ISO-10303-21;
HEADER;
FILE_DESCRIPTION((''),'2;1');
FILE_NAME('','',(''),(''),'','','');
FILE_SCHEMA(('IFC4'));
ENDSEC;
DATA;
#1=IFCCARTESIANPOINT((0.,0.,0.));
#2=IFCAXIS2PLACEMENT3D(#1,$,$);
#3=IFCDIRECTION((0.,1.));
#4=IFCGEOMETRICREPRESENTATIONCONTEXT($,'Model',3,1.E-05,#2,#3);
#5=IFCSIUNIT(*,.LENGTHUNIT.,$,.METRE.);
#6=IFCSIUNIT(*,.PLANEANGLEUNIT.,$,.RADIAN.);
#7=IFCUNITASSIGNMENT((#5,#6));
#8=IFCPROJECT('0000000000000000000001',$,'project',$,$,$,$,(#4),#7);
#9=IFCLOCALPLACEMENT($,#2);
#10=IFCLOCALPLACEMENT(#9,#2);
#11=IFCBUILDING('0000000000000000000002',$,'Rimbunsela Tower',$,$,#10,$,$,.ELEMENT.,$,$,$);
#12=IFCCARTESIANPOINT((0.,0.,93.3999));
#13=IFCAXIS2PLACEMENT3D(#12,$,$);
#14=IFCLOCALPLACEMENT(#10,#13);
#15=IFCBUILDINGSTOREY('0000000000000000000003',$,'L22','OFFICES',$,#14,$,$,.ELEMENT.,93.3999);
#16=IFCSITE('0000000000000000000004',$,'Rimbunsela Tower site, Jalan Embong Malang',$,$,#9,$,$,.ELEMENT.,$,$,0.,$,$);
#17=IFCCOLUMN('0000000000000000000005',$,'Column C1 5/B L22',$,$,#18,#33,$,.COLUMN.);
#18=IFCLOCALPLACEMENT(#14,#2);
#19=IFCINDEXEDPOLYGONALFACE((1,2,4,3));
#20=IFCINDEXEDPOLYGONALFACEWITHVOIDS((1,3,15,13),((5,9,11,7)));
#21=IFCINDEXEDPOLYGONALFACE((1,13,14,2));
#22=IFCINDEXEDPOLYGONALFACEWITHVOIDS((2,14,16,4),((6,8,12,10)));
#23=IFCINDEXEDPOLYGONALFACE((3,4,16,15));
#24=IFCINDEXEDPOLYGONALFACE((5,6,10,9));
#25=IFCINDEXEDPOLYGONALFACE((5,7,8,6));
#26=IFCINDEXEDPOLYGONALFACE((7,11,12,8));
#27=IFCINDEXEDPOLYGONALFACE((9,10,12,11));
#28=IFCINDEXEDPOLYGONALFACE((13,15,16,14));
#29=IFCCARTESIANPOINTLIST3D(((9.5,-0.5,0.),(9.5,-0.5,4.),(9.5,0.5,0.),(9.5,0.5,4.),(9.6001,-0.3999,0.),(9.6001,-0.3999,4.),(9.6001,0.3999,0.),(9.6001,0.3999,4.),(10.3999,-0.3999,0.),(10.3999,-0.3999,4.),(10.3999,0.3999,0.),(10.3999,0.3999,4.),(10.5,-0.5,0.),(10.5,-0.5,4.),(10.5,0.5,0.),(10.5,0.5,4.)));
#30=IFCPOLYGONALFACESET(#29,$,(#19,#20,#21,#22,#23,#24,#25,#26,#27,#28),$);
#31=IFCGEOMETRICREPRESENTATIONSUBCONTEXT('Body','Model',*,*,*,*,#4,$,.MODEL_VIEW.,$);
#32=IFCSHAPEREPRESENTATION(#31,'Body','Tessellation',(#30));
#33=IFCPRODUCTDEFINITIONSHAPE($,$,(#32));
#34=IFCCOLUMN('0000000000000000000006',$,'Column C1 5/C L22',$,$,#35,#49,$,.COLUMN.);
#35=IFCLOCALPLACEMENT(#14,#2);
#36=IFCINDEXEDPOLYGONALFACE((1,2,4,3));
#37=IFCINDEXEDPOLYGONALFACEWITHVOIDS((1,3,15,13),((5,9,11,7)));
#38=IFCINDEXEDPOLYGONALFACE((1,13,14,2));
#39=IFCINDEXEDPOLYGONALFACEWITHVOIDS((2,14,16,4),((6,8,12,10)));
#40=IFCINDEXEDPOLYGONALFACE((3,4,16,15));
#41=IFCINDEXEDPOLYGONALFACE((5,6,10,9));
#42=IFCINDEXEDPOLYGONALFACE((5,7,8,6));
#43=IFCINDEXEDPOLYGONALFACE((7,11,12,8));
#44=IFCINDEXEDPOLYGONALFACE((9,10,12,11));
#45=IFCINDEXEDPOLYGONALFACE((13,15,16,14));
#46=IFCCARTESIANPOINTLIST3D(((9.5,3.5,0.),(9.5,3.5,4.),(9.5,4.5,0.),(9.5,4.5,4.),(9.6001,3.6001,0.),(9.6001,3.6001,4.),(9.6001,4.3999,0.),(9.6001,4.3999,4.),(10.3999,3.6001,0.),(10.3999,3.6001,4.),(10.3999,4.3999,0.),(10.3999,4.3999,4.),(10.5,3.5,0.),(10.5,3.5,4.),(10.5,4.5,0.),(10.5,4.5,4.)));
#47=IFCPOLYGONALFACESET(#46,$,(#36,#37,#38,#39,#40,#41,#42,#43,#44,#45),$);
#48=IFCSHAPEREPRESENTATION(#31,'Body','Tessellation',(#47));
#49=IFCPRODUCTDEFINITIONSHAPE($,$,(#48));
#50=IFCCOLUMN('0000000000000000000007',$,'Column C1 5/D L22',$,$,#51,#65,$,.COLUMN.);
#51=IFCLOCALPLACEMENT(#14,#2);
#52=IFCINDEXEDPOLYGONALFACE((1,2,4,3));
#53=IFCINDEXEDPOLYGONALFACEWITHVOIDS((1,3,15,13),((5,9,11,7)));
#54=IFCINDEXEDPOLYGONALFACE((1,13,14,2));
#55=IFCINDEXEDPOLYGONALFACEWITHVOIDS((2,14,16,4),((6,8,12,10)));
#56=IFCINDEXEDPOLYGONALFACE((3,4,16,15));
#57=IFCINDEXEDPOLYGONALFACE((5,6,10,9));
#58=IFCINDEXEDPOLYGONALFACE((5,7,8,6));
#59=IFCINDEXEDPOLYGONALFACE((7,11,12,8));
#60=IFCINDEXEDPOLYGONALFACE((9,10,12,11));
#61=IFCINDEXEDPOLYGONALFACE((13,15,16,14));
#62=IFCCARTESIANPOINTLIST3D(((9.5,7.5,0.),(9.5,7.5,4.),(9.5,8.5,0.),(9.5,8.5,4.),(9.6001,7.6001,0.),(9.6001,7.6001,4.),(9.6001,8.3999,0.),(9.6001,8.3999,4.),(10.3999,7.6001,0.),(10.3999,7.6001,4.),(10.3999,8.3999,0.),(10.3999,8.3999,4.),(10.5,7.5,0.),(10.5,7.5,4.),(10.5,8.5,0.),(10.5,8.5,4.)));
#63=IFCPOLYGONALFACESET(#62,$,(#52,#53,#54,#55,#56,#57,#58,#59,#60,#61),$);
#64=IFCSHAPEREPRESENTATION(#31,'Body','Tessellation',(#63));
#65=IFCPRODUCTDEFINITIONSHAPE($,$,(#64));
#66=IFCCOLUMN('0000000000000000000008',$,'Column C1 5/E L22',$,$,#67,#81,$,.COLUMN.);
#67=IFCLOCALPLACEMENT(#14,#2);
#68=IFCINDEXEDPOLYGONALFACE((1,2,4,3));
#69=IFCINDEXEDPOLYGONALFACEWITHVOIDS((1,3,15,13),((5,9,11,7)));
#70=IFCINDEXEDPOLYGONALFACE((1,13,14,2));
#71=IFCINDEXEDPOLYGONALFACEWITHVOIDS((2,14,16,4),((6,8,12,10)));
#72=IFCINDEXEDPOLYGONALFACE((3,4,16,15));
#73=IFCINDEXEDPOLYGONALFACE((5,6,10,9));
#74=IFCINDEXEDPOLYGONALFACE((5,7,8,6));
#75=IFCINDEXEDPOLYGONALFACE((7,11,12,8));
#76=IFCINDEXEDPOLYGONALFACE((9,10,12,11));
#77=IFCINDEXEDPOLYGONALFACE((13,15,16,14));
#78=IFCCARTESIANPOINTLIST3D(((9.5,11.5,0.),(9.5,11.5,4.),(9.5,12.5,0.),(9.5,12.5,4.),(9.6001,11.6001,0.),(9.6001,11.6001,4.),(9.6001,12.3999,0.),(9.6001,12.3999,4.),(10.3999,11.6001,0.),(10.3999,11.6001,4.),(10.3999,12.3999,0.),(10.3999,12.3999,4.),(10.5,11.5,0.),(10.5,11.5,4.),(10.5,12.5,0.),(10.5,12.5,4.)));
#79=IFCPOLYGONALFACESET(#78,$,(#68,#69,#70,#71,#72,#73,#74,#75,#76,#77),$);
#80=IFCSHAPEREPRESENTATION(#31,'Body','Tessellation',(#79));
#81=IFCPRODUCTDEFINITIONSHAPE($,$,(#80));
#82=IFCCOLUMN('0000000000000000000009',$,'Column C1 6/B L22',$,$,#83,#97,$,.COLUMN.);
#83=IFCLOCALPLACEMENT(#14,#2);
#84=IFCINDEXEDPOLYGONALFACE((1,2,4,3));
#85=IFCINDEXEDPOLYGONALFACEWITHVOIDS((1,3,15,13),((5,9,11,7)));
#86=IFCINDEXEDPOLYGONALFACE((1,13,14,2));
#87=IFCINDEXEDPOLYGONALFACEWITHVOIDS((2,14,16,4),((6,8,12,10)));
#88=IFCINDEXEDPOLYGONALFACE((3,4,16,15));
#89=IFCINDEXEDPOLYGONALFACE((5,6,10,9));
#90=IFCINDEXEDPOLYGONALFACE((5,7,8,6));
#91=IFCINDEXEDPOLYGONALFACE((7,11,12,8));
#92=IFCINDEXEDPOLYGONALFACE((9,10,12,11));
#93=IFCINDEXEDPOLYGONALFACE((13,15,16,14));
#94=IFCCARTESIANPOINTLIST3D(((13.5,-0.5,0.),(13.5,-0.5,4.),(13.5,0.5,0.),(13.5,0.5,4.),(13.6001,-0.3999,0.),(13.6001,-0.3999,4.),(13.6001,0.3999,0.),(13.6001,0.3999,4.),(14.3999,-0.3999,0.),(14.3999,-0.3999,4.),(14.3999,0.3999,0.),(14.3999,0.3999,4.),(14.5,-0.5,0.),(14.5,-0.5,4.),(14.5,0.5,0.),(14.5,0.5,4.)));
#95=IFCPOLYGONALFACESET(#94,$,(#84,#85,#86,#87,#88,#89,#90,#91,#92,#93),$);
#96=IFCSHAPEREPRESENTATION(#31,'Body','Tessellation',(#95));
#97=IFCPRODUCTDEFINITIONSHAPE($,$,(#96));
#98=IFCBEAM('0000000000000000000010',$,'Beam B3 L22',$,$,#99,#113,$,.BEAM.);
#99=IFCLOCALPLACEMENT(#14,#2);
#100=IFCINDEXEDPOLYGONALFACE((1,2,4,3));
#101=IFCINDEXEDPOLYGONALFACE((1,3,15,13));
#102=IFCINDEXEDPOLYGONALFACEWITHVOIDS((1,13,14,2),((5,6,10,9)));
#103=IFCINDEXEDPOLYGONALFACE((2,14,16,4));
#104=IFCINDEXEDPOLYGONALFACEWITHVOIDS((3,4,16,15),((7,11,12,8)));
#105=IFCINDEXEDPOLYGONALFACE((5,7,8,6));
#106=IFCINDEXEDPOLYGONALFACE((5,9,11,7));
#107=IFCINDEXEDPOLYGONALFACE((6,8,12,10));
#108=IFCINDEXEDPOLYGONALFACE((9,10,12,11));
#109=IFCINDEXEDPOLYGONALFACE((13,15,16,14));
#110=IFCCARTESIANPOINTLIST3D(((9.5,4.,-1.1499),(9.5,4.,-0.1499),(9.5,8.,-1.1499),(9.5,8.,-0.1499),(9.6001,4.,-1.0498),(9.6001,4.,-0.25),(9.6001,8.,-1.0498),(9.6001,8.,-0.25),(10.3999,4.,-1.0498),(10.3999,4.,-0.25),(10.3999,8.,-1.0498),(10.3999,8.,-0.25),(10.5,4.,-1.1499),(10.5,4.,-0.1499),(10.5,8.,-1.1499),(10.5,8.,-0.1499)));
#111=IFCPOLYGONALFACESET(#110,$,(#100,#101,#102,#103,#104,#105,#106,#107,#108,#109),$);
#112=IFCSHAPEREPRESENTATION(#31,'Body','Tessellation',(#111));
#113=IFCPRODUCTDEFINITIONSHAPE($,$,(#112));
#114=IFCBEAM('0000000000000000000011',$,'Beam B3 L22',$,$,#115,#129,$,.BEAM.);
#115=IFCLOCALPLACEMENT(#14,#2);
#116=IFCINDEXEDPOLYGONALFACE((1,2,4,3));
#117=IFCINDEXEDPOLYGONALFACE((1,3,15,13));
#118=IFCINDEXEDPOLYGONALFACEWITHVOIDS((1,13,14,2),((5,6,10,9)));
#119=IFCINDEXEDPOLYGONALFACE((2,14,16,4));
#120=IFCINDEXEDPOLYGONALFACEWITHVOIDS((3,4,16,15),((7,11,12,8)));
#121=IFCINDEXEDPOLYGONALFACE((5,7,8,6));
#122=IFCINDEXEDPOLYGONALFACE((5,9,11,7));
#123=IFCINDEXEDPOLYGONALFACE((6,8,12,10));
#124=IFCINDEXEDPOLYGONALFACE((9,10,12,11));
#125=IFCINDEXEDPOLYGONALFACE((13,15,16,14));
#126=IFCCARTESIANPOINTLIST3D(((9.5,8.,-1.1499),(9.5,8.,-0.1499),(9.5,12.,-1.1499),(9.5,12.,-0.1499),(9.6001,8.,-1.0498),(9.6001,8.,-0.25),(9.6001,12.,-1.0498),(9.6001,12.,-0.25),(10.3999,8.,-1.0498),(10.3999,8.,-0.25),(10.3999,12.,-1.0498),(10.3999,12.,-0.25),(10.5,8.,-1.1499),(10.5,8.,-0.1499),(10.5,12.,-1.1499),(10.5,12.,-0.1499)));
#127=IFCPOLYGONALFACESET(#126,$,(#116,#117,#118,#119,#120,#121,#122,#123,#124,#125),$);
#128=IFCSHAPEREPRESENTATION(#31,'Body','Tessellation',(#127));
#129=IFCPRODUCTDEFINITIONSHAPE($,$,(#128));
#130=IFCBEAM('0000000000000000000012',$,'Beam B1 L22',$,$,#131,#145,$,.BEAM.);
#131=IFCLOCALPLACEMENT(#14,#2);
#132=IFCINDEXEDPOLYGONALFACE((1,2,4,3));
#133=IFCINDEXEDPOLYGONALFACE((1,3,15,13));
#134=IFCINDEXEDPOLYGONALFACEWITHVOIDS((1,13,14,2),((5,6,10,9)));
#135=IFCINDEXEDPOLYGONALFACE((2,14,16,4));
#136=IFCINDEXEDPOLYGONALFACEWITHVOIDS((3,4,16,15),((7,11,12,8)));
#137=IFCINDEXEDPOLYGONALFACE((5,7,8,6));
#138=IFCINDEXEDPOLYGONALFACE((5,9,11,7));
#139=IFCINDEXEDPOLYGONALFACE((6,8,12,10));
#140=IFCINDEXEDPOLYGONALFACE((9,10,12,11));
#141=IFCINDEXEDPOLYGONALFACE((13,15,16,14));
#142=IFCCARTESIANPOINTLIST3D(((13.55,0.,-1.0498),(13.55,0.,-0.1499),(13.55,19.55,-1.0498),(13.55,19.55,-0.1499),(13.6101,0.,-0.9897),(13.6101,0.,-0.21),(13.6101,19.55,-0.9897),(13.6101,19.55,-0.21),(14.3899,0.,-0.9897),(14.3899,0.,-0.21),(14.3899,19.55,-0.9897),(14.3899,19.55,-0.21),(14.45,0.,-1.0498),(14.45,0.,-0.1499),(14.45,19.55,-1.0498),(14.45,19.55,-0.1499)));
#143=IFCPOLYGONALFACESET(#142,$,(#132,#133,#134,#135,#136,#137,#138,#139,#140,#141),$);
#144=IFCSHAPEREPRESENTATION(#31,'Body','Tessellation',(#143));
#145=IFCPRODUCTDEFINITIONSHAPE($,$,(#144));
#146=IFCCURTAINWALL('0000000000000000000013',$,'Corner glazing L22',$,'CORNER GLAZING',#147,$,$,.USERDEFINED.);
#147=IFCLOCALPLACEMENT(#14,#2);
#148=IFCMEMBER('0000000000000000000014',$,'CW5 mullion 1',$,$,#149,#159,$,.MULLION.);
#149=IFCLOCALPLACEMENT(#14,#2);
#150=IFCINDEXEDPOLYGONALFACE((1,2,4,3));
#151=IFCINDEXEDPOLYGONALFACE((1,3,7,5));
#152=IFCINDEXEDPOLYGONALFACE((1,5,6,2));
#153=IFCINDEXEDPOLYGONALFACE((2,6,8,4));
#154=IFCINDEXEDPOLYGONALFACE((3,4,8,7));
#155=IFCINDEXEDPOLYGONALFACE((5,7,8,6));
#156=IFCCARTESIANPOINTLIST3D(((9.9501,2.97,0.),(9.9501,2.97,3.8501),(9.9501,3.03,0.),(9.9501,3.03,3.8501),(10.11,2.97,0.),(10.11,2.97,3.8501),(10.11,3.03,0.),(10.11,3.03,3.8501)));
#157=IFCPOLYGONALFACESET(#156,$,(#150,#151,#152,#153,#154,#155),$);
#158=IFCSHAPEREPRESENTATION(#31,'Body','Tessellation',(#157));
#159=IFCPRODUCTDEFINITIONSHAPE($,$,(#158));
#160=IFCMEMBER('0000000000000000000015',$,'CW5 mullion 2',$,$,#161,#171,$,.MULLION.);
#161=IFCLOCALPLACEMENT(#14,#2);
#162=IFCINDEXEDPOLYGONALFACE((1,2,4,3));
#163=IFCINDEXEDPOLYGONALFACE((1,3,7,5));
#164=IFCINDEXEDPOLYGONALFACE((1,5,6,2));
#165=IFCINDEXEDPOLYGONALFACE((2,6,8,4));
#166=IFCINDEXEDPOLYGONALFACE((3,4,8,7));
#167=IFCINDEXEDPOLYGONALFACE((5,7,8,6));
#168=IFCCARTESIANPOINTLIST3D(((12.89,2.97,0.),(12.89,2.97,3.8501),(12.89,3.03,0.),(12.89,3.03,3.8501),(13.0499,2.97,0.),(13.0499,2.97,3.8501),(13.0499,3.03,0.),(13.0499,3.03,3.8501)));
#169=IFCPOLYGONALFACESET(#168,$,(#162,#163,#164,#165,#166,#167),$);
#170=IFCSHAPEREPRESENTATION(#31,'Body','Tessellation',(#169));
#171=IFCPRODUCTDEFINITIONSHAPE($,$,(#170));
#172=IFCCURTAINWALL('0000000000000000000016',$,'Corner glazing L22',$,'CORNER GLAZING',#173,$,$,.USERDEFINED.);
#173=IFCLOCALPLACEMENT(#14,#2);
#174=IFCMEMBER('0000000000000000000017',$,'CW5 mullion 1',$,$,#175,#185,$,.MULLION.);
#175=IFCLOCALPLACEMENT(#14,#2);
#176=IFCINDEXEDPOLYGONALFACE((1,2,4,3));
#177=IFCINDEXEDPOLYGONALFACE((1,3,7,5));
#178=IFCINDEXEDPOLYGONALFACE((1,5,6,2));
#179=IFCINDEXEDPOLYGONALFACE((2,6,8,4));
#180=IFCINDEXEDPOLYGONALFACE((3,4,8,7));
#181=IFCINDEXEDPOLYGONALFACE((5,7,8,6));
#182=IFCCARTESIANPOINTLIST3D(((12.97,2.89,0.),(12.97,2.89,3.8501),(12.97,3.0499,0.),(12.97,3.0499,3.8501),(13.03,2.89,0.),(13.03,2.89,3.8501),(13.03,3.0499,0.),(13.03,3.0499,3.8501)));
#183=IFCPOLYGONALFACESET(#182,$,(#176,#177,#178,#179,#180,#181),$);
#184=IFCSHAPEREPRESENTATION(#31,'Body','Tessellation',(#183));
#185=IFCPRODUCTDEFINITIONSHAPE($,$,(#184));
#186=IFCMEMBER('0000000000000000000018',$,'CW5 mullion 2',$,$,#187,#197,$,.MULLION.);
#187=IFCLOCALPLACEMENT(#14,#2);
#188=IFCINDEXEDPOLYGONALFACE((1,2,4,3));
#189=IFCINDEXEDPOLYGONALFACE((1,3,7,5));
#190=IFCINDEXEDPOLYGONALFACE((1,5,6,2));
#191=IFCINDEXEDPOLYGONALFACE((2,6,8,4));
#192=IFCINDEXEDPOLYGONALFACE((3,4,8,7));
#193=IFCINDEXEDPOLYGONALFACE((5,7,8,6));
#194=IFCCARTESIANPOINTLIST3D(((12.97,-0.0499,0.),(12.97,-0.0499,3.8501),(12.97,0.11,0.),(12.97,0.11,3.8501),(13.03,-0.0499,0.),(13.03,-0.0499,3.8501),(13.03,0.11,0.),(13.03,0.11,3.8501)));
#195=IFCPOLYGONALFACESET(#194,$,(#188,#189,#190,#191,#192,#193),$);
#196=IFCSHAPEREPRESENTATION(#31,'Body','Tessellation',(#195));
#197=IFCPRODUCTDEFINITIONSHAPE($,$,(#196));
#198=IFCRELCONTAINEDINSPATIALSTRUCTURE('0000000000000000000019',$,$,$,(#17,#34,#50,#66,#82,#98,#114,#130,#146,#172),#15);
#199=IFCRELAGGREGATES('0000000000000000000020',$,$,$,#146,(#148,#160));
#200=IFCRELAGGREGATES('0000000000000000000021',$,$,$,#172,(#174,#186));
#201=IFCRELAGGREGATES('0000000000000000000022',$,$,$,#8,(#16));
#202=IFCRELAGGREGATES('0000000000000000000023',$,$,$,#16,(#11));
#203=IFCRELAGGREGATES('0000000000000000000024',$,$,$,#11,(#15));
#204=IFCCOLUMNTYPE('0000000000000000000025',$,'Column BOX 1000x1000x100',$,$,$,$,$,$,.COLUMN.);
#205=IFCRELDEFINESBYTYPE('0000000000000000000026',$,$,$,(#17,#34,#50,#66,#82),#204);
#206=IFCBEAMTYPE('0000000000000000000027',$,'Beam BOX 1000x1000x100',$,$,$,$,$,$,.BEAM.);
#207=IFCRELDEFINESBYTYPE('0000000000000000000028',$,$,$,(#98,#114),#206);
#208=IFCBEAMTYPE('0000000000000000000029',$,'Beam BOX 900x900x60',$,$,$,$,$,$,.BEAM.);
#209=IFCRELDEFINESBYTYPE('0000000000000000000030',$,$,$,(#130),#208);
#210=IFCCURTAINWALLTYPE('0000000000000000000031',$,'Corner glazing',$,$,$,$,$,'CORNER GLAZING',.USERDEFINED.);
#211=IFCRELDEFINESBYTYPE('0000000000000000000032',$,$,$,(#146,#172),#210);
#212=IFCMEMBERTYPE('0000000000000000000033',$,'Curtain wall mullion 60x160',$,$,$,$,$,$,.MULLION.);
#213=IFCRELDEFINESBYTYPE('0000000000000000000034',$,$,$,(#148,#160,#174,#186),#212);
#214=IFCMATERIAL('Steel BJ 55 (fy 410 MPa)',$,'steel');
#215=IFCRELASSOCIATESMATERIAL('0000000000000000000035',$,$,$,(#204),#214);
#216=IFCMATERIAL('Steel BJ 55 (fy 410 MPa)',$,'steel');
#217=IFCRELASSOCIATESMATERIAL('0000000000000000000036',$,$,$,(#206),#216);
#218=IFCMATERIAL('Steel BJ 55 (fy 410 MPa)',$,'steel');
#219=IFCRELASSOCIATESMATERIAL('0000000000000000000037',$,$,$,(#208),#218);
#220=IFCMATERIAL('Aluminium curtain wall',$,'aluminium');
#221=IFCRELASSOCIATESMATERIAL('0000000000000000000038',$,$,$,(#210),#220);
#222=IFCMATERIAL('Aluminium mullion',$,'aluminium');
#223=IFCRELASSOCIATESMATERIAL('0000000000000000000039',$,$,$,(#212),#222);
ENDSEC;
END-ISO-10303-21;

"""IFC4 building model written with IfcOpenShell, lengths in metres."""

from ifc_helpers import new_model, si_unit, direction, frame, origin, origin_2d, place, context, subcontext, project, spatial, rectangle, hollow_rectangle, extrude, material, material_profile, profile_set, type_object, element, aggregate, save


model = new_model("IFC4")

# Units and contexts
model_context = context("Model", 3, precision=1e-05, world=origin(), true_north=direction((0.0, 1.0)))
body_context = subcontext(model_context, "Body", "Model", "MODEL_VIEW")
ifc_project = project(units=[si_unit("LENGTHUNIT", "METRE"), si_unit("PLANEANGLEUNIT", "RADIAN")], contexts=[model_context])

# Site, building, storey
site_placement = place(None, origin())
site = spatial("IfcSite", under=ifc_project, at=site_placement, Name="Rimbunsela Tower site, Jalan Embong Malang", CompositionType="ELEMENT", RefElevation=0.0)
building_placement = place(site_placement, origin())
building = spatial("IfcBuilding", under=site, at=building_placement, Name="Rimbunsela Tower", CompositionType="ELEMENT")
storey_placement = place(building_placement, frame((0.0, 0.0, 93.3999)))
storey = spatial("IfcBuildingStorey", under=building, at=storey_placement, Name="L22", Description="OFFICES", CompositionType="ELEMENT", Elevation=93.3999)

# Columns
ifc_material_1 = material(Name="Steel BJ 55 (fy 410 MPa)", Category="steel")
ifc_material_profile_1 = material_profile(ifc_material_1, hollow_rectangle(XDim=1.0, YDim=1.0, WallThickness=0.1001, at=origin_2d()), Name="BOX 1000x1000x100")
ifc_profile_set_1 = profile_set([ifc_material_profile_1], Name="Steel BJ 55 (fy 410 MPa)")
column_type = type_object("IfcColumnType", Name="Column BOX 1000x1000x100", PredefinedType="COLUMN", material=ifc_profile_set_1)
for number, where, z_axis, x_axis, name in (
    (1, (10.0, 0.0, 0.0), (0.0, 0.0, 1.0), (1.0, 0.0, 0.0), "Column C1 5/B L22"),
    (2, (10.0, 4.0, 0.0), (0.0, 0.0, 1.0), (1.0, 0.0, 0.0), "Column C1 5/C L22"),
    (3, (10.0, 8.0, 0.0), (0.0, 0.0, 1.0), (1.0, 0.0, 0.0), "Column C1 5/D L22"),
    (4, (10.0, 12.0, 0.0), (0.0, 0.0, 1.0), (1.0, 0.0, 0.0), "Column C1 5/E L22"),
    (5, (14.0, 0.0, 0.0), (0.0, 0.0, 1.0), (1.0, 0.0, 0.0), "Column C1 6/B L22"),
):
    element("IfcColumn", number, at=place(storey_placement, frame(where, z_axis=z_axis, x_axis=x_axis)), inside=storey, type_object=column_type, Name=name, PredefinedType="COLUMN", context=body_context, shape_type="SweptSolid", body=[
        extrude(hollow_rectangle(XDim=1.0, YDim=1.0, WallThickness=0.1001, at=origin_2d()), origin(), (0.0, 0.0, 1.0), 4.0),
    ])

# Beams
ifc_material_2 = material(Name="Steel BJ 55 (fy 410 MPa)", Category="steel")
ifc_material_profile_2 = material_profile(ifc_material_2, hollow_rectangle(XDim=1.0, YDim=1.0, WallThickness=0.1001, at=origin_2d()), Name="BOX 1000x1000x100")
ifc_profile_set_2 = profile_set([ifc_material_profile_2], Name="Steel BJ 55 (fy 410 MPa)")
beam_type_1 = type_object("IfcBeamType", Name="Beam BOX 1000x1000x100", PredefinedType="BEAM", material=ifc_profile_set_2)
for number, where, z_axis, x_axis, name in (
    (6, (10.0, 4.0, -0.6499), (0.0, 1.0, 0.0), (-1.0, 0.0, 0.0), "Beam B3 L22"),
    (7, (10.0, 8.0, -0.6499), (0.0, 1.0, 0.0), (-1.0, 0.0, 0.0), "Beam B3 L22"),
):
    element("IfcBeam", number, at=place(storey_placement, frame(where, z_axis=z_axis, x_axis=x_axis)), inside=storey, type_object=beam_type_1, Name=name, PredefinedType="BEAM", context=body_context, shape_type="SweptSolid", body=[
        extrude(hollow_rectangle(XDim=1.0, YDim=1.0, WallThickness=0.1001, at=origin_2d()), origin(), (0.0, 0.0, 1.0), 4.0),
    ])
ifc_material_3 = material(Name="Steel BJ 55 (fy 410 MPa)", Category="steel")
ifc_material_profile_3 = material_profile(ifc_material_3, hollow_rectangle(XDim=0.8999, YDim=0.8999, WallThickness=0.0601, at=origin_2d()), Name="BOX 900x900x60")
ifc_profile_set_3 = profile_set([ifc_material_profile_3], Name="Steel BJ 55 (fy 410 MPa)")
beam_type_2 = type_object("IfcBeamType", Name="Beam BOX 900x900x60", PredefinedType="BEAM", material=ifc_profile_set_3)
beam_placement = place(storey_placement, frame((14.0, 0.0, -0.5999), z_axis=(0.0, 1.0, 0.0), x_axis=(-1.0, 0.0, 0.0)))
element("IfcBeam", 8, at=beam_placement, inside=storey, type_object=beam_type_2, Name="Beam B1 L22", PredefinedType="BEAM", context=body_context, shape_type="SweptSolid", body=[
    extrude(hollow_rectangle(XDim=0.8999, YDim=0.8999, WallThickness=0.0601, at=origin_2d()), origin(), (0.0, 0.0, 1.0), 19.55),
])

# Curtain walls, members
ifc_material_4 = material(Name="Aluminium curtain wall", Category="aluminium")
curtain_wall_type = type_object("IfcCurtainWallType", Name="Corner glazing", ElementType="CORNER GLAZING", PredefinedType="USERDEFINED", material=ifc_material_4)
curtain_wall_1_placement = place(storey_placement, origin())
curtain_wall_1 = element("IfcCurtainWall", 9, at=curtain_wall_1_placement, inside=storey, type_object=curtain_wall_type, Name="Corner glazing L22", ObjectType="CORNER GLAZING", PredefinedType="USERDEFINED")
ifc_material_5 = material(Name="Aluminium mullion", Category="aluminium")
ifc_material_profile_4 = material_profile(ifc_material_5, rectangle(XDim=0.0601, YDim=0.1599, at=origin_2d()), Name="Mullion 60x160")
ifc_profile_set_4 = profile_set([ifc_material_profile_4], Name="Aluminium mullion")
member_type_1 = type_object("IfcMemberType", Name="Curtain wall mullion 60x160", PredefinedType="MULLION", material=ifc_profile_set_4)
member_1_placement = place(storey_placement, frame((10.03, 3.0, 0.0), z_axis=(0.0, 0.0, 1.0), x_axis=(0.0, 1.0, 0.0)))
member_1 = element("IfcMember", 10, at=member_1_placement, type_object=member_type_1, Name="CW5 mullion 1", PredefinedType="MULLION", context=body_context, shape_type="SweptSolid", body=[
    extrude(rectangle(XDim=0.0601, YDim=0.1599, at=origin_2d()), origin(), (0.0, 0.0, 1.0), 3.8501),
])
member_2_placement = place(storey_placement, frame((12.97, 3.0, 0.0), z_axis=(0.0, 0.0, 1.0), x_axis=(0.0, 1.0, 0.0)))
member_2 = element("IfcMember", 11, at=member_2_placement, type_object=member_type_1, Name="CW5 mullion 2", PredefinedType="MULLION", context=body_context, shape_type="SweptSolid", body=[
    extrude(rectangle(XDim=0.0601, YDim=0.1599, at=origin_2d()), origin(), (0.0, 0.0, 1.0), 3.8501),
])
curtain_wall_2_placement = place(storey_placement, origin())
curtain_wall_2 = element("IfcCurtainWall", 12, at=curtain_wall_2_placement, inside=storey, type_object=curtain_wall_type, Name="Corner glazing L22", ObjectType="CORNER GLAZING", PredefinedType="USERDEFINED")
member_3_placement = place(storey_placement, frame((13.0, 2.97, 0.0), z_axis=(0.0, 0.0, 1.0), x_axis=(1.0, 0.0, 0.0)))
member_3 = element("IfcMember", 13, at=member_3_placement, type_object=member_type_1, Name="CW5 mullion 1", PredefinedType="MULLION", context=body_context, shape_type="SweptSolid", body=[
    extrude(rectangle(XDim=0.0601, YDim=0.1599, at=origin_2d()), origin(), (0.0, 0.0, 1.0), 3.8501),
])
member_4_placement = place(storey_placement, frame((13.0, 0.03, 0.0), z_axis=(0.0, 0.0, 1.0), x_axis=(1.0, 0.0, 0.0)))
member_4 = element("IfcMember", 14, at=member_4_placement, type_object=member_type_1, Name="CW5 mullion 2", PredefinedType="MULLION", context=body_context, shape_type="SweptSolid", body=[
    extrude(rectangle(XDim=0.0601, YDim=0.1599, at=origin_2d()), origin(), (0.0, 0.0, 1.0), 3.8501),
])

aggregate(curtain_wall_1, [member_1, member_2])
aggregate(curtain_wall_2, [member_3, member_4])

save(model, "model.ifc")
